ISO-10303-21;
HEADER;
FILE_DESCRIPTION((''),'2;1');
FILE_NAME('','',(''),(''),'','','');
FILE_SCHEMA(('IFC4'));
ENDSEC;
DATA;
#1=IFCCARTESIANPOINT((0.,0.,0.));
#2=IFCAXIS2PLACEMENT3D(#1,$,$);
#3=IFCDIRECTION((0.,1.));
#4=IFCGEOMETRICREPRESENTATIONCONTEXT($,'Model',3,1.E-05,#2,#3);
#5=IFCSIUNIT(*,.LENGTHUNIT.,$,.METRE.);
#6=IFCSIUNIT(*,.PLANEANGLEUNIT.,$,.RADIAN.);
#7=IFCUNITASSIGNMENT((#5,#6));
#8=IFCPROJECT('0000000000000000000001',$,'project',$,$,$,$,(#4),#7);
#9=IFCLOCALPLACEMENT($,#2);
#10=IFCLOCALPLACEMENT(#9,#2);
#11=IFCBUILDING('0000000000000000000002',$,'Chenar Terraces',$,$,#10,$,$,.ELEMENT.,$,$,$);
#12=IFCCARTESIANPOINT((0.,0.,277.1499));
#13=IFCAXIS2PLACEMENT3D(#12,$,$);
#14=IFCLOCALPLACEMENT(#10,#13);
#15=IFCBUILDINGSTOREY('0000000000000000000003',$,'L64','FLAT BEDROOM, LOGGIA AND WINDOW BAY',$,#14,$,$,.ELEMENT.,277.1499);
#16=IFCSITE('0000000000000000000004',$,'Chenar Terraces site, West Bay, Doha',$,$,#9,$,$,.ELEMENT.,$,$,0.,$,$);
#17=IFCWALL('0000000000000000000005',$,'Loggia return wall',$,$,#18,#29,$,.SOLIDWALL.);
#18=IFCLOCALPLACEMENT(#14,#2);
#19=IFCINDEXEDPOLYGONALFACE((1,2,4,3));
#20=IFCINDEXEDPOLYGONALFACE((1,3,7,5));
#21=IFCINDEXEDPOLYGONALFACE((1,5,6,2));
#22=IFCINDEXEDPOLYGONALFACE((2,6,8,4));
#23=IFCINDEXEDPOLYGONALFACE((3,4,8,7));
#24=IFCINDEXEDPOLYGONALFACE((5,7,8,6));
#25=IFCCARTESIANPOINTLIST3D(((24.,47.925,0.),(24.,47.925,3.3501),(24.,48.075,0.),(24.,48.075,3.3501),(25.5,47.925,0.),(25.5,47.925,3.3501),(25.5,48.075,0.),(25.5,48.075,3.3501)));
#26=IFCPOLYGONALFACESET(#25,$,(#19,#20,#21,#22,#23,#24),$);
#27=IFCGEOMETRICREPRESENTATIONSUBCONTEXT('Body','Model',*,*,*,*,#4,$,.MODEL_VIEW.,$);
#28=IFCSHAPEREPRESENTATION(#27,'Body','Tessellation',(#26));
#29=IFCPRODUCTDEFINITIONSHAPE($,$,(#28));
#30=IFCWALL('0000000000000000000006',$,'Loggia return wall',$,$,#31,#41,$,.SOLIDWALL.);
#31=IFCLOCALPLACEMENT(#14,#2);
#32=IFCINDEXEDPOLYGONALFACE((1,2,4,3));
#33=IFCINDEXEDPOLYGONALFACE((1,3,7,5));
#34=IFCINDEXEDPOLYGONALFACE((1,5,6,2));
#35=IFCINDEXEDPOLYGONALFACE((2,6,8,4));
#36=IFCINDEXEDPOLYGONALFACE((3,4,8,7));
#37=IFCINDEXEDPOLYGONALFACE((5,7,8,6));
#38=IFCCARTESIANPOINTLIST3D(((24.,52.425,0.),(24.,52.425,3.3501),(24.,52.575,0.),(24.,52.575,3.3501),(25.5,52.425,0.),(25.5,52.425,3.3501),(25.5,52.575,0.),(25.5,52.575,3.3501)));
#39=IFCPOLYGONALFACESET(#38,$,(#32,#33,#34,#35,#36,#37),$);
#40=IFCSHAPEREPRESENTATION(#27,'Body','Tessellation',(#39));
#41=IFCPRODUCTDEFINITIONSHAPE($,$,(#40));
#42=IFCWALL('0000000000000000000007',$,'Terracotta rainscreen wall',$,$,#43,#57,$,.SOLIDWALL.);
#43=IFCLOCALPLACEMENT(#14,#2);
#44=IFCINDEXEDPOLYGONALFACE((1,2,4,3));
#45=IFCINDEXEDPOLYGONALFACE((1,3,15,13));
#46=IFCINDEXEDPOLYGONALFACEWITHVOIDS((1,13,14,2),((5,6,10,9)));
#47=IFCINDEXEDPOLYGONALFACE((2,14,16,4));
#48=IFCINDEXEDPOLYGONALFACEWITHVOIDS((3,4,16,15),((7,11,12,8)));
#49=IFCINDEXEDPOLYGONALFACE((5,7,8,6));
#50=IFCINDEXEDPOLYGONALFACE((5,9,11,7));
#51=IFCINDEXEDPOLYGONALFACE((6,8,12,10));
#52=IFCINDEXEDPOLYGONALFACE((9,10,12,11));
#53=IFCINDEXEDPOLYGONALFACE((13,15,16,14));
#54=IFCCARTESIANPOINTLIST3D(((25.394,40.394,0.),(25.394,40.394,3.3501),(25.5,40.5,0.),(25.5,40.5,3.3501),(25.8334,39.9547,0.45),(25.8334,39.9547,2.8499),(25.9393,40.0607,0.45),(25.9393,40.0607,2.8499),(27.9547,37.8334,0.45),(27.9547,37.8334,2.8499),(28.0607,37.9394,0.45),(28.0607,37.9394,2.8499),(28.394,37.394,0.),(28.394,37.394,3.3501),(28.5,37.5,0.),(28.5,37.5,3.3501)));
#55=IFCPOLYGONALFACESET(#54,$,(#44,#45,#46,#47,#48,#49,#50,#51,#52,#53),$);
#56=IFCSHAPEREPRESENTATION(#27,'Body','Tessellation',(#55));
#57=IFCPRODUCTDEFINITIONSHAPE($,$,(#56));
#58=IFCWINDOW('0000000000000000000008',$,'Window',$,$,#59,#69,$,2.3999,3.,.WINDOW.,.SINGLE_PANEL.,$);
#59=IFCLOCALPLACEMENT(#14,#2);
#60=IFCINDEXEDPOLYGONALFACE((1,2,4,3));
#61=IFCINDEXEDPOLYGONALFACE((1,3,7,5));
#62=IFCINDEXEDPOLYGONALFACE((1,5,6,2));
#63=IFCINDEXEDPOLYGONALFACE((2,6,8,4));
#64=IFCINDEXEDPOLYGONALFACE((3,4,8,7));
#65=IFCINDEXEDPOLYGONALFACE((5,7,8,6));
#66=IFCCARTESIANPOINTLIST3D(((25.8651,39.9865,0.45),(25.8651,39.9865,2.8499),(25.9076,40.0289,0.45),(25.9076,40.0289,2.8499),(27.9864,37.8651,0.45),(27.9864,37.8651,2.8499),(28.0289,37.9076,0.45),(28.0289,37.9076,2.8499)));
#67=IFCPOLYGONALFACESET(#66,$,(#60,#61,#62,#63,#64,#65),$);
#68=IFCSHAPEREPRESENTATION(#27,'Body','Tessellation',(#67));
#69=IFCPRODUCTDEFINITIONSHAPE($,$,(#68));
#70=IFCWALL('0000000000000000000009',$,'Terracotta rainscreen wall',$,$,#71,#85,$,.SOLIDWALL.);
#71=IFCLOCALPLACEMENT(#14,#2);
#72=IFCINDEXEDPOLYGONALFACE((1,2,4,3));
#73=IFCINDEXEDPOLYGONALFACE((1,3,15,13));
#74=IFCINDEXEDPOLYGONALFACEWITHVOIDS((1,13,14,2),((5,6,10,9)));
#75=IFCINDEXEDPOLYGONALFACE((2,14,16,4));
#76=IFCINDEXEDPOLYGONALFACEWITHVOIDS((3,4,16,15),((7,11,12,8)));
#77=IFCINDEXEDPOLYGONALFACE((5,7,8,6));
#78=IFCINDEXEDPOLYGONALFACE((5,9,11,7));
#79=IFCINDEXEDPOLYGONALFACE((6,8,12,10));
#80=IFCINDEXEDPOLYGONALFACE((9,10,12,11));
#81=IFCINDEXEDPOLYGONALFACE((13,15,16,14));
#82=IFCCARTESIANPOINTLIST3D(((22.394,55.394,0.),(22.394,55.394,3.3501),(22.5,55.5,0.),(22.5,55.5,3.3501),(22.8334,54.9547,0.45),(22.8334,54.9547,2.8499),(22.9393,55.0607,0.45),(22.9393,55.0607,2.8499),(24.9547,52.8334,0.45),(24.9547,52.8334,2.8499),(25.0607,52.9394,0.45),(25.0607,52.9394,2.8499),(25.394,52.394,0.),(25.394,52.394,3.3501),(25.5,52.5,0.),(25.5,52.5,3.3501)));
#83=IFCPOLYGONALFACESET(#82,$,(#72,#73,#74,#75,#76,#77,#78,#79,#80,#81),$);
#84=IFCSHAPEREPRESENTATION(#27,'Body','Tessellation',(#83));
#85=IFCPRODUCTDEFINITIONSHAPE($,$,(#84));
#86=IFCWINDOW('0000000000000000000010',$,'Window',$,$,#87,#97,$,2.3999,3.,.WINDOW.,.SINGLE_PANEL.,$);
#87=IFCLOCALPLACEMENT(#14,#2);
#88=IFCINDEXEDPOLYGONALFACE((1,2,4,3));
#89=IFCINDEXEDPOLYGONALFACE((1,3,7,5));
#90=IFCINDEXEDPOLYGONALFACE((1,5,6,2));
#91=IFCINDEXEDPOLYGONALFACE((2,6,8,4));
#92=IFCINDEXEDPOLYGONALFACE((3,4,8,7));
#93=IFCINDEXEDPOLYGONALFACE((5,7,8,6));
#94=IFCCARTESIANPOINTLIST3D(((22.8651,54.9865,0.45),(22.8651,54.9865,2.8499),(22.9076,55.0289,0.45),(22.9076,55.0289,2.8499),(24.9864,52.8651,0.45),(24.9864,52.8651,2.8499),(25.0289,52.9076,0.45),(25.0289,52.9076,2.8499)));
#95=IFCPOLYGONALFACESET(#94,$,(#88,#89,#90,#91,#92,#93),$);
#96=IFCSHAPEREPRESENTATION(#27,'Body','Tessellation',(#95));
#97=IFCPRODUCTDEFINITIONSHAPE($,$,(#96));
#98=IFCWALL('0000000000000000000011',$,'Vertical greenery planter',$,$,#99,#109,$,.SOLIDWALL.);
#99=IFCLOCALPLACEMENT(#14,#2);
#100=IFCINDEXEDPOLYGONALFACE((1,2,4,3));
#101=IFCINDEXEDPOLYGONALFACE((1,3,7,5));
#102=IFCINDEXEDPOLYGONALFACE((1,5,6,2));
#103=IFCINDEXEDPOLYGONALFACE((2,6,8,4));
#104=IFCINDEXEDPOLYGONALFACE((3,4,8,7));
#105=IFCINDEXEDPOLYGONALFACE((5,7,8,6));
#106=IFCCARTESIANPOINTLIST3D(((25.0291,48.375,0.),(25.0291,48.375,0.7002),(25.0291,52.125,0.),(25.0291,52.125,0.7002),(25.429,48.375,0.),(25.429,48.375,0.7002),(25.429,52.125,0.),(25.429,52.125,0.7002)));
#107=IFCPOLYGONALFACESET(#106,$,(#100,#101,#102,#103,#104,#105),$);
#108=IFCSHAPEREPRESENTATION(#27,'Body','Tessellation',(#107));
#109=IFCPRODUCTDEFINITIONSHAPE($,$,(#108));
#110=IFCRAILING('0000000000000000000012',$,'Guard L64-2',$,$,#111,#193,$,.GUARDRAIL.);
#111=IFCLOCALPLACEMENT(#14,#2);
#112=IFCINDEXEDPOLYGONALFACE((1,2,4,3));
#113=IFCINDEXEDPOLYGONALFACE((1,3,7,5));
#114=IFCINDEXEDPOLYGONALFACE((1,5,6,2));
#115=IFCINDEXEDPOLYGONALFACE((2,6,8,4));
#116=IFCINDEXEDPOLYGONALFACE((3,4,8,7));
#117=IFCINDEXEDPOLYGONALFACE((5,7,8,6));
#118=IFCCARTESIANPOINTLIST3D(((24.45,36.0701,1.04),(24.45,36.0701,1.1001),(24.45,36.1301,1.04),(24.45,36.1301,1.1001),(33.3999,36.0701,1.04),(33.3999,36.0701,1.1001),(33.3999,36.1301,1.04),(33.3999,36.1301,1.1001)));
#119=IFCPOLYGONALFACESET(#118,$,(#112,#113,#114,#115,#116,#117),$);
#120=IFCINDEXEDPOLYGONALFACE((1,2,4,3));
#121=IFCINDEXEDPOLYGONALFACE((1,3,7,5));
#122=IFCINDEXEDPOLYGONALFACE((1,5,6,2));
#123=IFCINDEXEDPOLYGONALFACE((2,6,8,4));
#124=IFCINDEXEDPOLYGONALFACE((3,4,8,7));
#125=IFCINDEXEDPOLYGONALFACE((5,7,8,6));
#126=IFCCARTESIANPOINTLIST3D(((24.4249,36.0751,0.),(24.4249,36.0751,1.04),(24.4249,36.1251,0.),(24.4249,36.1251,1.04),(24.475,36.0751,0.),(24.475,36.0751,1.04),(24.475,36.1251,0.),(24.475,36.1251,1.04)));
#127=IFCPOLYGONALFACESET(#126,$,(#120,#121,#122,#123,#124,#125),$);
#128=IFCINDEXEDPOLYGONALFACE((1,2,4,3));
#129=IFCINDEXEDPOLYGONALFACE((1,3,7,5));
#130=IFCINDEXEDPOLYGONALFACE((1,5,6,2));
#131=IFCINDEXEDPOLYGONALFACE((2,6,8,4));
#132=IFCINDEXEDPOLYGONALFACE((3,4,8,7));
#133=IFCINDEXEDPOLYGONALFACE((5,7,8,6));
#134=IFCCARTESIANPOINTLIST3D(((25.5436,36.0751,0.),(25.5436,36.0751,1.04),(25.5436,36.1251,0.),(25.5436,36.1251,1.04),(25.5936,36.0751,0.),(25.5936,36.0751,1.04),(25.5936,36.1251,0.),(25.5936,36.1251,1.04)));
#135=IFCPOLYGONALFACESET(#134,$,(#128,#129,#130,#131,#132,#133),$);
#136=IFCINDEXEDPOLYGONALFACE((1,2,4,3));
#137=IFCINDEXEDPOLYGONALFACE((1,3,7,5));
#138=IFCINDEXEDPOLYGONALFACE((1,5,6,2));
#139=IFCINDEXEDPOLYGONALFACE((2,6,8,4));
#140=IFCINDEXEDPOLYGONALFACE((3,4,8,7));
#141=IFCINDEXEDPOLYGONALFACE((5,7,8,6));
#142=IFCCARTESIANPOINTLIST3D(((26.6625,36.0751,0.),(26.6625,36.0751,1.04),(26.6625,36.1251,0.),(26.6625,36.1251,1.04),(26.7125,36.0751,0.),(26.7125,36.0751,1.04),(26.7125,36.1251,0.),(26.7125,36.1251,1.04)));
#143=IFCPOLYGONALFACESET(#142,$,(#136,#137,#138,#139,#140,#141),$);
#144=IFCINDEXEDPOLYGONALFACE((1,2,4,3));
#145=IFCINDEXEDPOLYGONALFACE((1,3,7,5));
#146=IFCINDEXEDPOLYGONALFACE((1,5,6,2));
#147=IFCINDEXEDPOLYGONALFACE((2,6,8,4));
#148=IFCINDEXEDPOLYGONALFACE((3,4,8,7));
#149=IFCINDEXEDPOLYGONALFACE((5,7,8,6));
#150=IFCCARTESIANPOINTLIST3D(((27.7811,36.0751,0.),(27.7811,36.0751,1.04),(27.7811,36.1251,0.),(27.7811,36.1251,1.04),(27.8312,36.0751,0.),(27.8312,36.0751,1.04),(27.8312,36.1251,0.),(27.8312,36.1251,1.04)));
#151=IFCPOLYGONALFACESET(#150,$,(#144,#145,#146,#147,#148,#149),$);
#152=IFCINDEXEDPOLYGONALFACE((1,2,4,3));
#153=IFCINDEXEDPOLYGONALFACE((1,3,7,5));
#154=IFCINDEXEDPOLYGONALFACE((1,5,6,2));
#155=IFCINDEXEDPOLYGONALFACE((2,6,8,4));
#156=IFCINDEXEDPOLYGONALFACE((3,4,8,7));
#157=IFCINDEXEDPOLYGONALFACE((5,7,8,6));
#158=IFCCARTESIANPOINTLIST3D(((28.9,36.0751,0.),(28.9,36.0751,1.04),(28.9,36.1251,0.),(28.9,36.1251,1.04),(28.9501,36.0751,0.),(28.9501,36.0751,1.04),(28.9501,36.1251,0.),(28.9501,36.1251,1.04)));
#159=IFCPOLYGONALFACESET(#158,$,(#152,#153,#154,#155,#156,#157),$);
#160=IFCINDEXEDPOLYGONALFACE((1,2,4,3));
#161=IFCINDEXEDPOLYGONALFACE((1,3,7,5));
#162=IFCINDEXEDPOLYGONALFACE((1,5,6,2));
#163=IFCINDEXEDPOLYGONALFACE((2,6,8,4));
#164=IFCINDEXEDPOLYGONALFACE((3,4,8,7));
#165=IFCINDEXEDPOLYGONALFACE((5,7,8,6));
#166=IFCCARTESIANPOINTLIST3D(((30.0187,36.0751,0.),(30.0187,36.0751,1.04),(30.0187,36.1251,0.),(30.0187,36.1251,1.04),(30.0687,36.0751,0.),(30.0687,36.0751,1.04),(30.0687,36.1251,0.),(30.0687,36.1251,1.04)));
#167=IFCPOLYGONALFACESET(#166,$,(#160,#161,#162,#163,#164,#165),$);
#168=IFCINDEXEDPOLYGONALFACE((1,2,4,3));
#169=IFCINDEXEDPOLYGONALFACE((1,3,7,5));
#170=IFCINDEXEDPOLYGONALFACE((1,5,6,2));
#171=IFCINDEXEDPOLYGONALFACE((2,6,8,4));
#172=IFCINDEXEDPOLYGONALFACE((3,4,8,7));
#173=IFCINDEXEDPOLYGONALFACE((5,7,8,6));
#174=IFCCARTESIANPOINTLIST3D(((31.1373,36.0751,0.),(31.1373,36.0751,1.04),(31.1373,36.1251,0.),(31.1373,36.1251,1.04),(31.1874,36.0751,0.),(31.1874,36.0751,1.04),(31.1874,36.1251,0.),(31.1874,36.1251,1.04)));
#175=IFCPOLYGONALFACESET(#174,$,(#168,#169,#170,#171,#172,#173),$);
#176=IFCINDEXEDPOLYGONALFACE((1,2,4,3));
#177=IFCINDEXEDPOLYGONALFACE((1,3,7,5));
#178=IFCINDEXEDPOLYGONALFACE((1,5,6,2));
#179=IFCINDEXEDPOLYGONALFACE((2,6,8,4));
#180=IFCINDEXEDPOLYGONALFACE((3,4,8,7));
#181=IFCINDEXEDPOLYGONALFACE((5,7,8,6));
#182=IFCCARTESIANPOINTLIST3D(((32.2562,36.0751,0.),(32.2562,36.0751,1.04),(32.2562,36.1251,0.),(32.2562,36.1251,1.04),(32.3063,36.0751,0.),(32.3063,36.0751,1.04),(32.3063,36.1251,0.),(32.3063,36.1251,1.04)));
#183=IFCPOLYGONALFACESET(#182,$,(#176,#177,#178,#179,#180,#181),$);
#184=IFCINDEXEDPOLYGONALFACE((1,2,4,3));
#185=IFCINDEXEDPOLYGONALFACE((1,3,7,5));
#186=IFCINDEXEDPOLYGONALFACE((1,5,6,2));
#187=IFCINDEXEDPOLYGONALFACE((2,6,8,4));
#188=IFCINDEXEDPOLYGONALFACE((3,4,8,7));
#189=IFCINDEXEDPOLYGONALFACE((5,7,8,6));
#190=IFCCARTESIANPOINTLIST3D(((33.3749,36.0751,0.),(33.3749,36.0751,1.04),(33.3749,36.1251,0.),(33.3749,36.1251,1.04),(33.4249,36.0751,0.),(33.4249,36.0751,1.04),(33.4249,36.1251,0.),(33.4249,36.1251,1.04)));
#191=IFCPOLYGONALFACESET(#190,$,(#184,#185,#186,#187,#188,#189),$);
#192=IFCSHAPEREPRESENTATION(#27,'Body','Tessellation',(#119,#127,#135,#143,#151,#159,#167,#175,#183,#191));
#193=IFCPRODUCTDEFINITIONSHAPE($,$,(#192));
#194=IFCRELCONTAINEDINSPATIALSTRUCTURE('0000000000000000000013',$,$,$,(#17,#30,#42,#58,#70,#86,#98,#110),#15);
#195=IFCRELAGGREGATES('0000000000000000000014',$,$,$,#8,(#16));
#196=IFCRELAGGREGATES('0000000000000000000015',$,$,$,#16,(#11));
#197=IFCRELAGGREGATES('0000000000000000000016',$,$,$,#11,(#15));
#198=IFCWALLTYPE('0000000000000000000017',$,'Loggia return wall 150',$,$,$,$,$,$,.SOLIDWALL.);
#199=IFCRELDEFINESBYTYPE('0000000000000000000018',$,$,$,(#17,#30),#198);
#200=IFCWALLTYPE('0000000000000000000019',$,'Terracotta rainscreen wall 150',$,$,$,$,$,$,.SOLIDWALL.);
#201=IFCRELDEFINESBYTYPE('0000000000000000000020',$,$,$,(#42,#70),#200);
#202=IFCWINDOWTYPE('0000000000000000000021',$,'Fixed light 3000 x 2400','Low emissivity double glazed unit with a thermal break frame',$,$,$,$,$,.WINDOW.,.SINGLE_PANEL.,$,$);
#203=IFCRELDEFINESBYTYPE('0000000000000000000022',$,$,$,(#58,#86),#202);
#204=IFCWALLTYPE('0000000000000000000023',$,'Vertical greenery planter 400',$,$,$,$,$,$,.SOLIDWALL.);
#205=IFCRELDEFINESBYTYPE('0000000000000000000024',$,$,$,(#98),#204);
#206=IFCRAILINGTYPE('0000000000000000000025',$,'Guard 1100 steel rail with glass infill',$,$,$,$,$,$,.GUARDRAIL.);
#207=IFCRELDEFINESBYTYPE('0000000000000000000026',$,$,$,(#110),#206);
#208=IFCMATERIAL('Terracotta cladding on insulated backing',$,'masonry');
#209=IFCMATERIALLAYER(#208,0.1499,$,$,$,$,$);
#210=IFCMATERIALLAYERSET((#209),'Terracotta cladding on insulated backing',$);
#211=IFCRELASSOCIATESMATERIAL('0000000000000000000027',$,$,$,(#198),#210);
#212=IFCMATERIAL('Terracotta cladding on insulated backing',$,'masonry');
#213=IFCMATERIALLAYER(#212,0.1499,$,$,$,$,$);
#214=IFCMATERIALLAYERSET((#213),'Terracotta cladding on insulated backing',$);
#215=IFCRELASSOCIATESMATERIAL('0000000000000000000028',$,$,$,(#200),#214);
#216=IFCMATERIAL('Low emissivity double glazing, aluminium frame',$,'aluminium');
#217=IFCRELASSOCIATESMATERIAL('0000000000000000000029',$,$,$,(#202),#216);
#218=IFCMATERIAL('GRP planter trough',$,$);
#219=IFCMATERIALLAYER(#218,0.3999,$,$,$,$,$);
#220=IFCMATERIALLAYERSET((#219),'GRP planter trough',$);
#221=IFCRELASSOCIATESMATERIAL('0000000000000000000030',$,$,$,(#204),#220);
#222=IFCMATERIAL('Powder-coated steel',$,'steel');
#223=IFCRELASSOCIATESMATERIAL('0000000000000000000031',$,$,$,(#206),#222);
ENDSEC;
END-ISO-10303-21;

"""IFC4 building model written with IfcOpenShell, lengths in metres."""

from ifc_helpers import new_model, si_unit, direction, frame, frame_2d, origin, origin_2d, place, context, subcontext, project, spatial, rectangle, extrude, material, layer, layer_set, type_object, element, fill, save


model = new_model("IFC4")

# Units and contexts
model_context = context("Model", 3, precision=1e-05, world=origin(), true_north=direction((0.0, 1.0)))
body_context = subcontext(model_context, "Body", "Model", "MODEL_VIEW")
ifc_project = project(units=[si_unit("LENGTHUNIT", "METRE"), si_unit("PLANEANGLEUNIT", "RADIAN")], contexts=[model_context])

# Site, building, storey
site_placement = place(None, origin())
site = spatial("IfcSite", under=ifc_project, at=site_placement, Name="Chenar Terraces site, West Bay, Doha", CompositionType="ELEMENT", RefElevation=0.0)
building_placement = place(site_placement, origin())
building = spatial("IfcBuilding", under=site, at=building_placement, Name="Chenar Terraces", CompositionType="ELEMENT")
storey_placement = place(building_placement, frame((0.0, 0.0, 277.1499)))
storey = spatial("IfcBuildingStorey", under=building, at=storey_placement, Name="L64", Description="FLAT BEDROOM, LOGGIA AND WINDOW BAY", CompositionType="ELEMENT", Elevation=277.1499)

# Walls
ifc_material_1 = material(Name="Terracotta cladding on insulated backing", Category="masonry")
ifc_layer_1 = layer(ifc_material_1, 0.1499)
ifc_layer_set_1 = layer_set([ifc_layer_1], Name="Terracotta cladding on insulated backing")
wall_type_1 = type_object("IfcWallType", Name="Loggia return wall 150", PredefinedType="SOLIDWALL", material=ifc_layer_set_1)
for number, where, z_axis, x_axis, name in (
    (1, (25.5, 48.0, 0.0), (0.0, 0.0, 1.0), (-1.0, 0.0, 0.0), "Loggia return wall"),
    (2, (25.5, 52.5, 0.0), (0.0, 0.0, 1.0), (-1.0, 0.0, 0.0), "Loggia return wall"),
):
    element("IfcWall", number, at=place(storey_placement, frame(where, z_axis=z_axis, x_axis=x_axis)), inside=storey, type_object=wall_type_1, Name=name, PredefinedType="SOLIDWALL", context=body_context, shape_type="SweptSolid", body=[
        extrude(rectangle(XDim=1.5, YDim=0.1499, at=frame_2d((0.75, 0.0))), origin(), (0.0, 0.0, 1.0), 3.3501),
    ])

# Walls, openings, windows
ifc_material_2 = material(Name="Terracotta cladding on insulated backing", Category="masonry")
ifc_layer_2 = layer(ifc_material_2, 0.1499)
ifc_layer_set_2 = layer_set([ifc_layer_2], Name="Terracotta cladding on insulated backing")
wall_type_2 = type_object("IfcWallType", Name="Terracotta rainscreen wall 150", PredefinedType="SOLIDWALL", material=ifc_layer_set_2)
wall_1_placement = place(storey_placement, frame((28.447, 37.447, 0.0), z_axis=(0.0, 0.0, 1.0), x_axis=(-0.707107, 0.707107, 0.0)))
wall_1 = element("IfcWall", 3, at=wall_1_placement, inside=storey, type_object=wall_type_2, Name="Terracotta rainscreen wall", PredefinedType="SOLIDWALL", context=body_context, shape_type="SweptSolid", body=[
    extrude(rectangle(XDim=4.2427, YDim=0.1499, at=frame_2d((2.1213, 0.0))), origin(), (0.0, 0.0, 1.0), 3.3501),
])
opening_1_placement = place(wall_1_placement, frame((0.6213, 0.0, 0.45)))
opening_1 = element("IfcOpeningElement", 4, at=opening_1_placement, cuts=wall_1, PredefinedType="OPENING", context=body_context, shape_type="SweptSolid", body=[
    extrude(rectangle(XDim=3.0, YDim=2.3999, at=frame_2d((1.5, 1.2))), frame((0.0, 0.085, 0.0), z_axis=(0.0, -1.0, 0.0), x_axis=(1.0, 0.0, 0.0)), (0.0, 0.0, 1.0), 0.1699),
])
ifc_material_3 = material(Name="Low emissivity double glazing, aluminium frame", Category="aluminium")
window_type_1 = type_object("IfcWindowType", Name="Fixed light 3000 x 2400", Description="Low emissivity double glazed unit with a thermal break frame", PartitioningType="SINGLE_PANEL", PredefinedType="WINDOW", material=ifc_material_3)
window_1_placement = place(opening_1_placement, origin())
window_1 = element("IfcWindow", 5, at=window_1_placement, inside=storey, type_object=window_type_1, Name="Window", OverallHeight=2.3999, OverallWidth=3.0, PartitioningType="SINGLE_PANEL", PredefinedType="WINDOW", context=body_context, shape_type="SweptSolid", body=[
    extrude(rectangle(XDim=3.0, YDim=2.3999, at=frame_2d((1.5, 1.2))), frame((0.0, 0.03, 0.0), z_axis=(0.0, -1.0, 0.0), x_axis=(1.0, 0.0, 0.0)), (0.0, 0.0, 1.0), 0.0601),
])
fill(opening_1, window_1)
wall_2_placement = place(storey_placement, frame((25.447, 52.447, 0.0), z_axis=(0.0, 0.0, 1.0), x_axis=(-0.707107, 0.707107, 0.0)))
wall_2 = element("IfcWall", 6, at=wall_2_placement, inside=storey, type_object=wall_type_2, Name="Terracotta rainscreen wall", PredefinedType="SOLIDWALL", context=body_context, shape_type="SweptSolid", body=[
    extrude(rectangle(XDim=4.2427, YDim=0.1499, at=frame_2d((2.1213, 0.0))), origin(), (0.0, 0.0, 1.0), 3.3501),
])
opening_2_placement = place(wall_2_placement, frame((0.6213, 0.0, 0.45)))
opening_2 = element("IfcOpeningElement", 7, at=opening_2_placement, cuts=wall_2, PredefinedType="OPENING", context=body_context, shape_type="SweptSolid", body=[
    extrude(rectangle(XDim=3.0, YDim=2.3999, at=frame_2d((1.5, 1.2))), frame((0.0, 0.085, 0.0), z_axis=(0.0, -1.0, 0.0), x_axis=(1.0, 0.0, 0.0)), (0.0, 0.0, 1.0), 0.1699),
])
window_2_placement = place(opening_2_placement, origin())
window_2 = element("IfcWindow", 8, at=window_2_placement, inside=storey, type_object=window_type_1, Name="Window", OverallHeight=2.3999, OverallWidth=3.0, PartitioningType="SINGLE_PANEL", PredefinedType="WINDOW", context=body_context, shape_type="SweptSolid", body=[
    extrude(rectangle(XDim=3.0, YDim=2.3999, at=frame_2d((1.5, 1.2))), frame((0.0, 0.03, 0.0), z_axis=(0.0, -1.0, 0.0), x_axis=(1.0, 0.0, 0.0)), (0.0, 0.0, 1.0), 0.0601),
])
fill(opening_2, window_2)

# Wall
ifc_material_4 = material(Name="GRP planter trough")
ifc_layer_3 = layer(ifc_material_4, 0.3999)
ifc_layer_set_3 = layer_set([ifc_layer_3], Name="GRP planter trough")
wall_type_3 = type_object("IfcWallType", Name="Vertical greenery planter 400", PredefinedType="SOLIDWALL", material=ifc_layer_set_3)
wall_3_placement = place(storey_placement, frame((25.229, 48.375, 0.0), z_axis=(0.0, 0.0, 1.0), x_axis=(0.0, 1.0, 0.0)))
element("IfcWall", 9, at=wall_3_placement, inside=storey, type_object=wall_type_3, Name="Vertical greenery planter", PredefinedType="SOLIDWALL", context=body_context, shape_type="SweptSolid", body=[
    extrude(rectangle(XDim=3.75, YDim=0.3999, at=frame_2d((1.875, 0.0))), origin(), (0.0, 0.0, 1.0), 0.7002),
])

# Railing
ifc_material_5 = material(Name="Powder-coated steel", Category="steel")
railing_type_1 = type_object("IfcRailingType", Name="Guard 1100 steel rail with glass infill", PredefinedType="GUARDRAIL", material=ifc_material_5)
railing_1_placement = place(storey_placement, frame((24.45, 36.1001, 0.0)))
element("IfcRailing", 10, at=railing_1_placement, inside=storey, type_object=railing_type_1, Name="Guard L64-2", PredefinedType="GUARDRAIL", context=body_context, shape_type="SweptSolid", body=[
    extrude(rectangle(XDim=0.0601, YDim=0.0601, at=origin_2d()), frame((0.0, 0.0, 1.0701), z_axis=(1.0, 0.0, 0.0), x_axis=(0.0, 1.0, 0.0)), (0.0, 0.0, 1.0), 8.95),
    extrude(rectangle(XDim=0.05, YDim=0.05, at=origin_2d()), origin(), (0.0, 0.0, 1.0), 1.04),
    extrude(rectangle(XDim=0.05, YDim=0.05, at=origin_2d()), frame((1.1187, 0.0, 0.0)), (0.0, 0.0, 1.0), 1.04),
    extrude(rectangle(XDim=0.05, YDim=0.05, at=origin_2d()), frame((2.2375, 0.0, 0.0)), (0.0, 0.0, 1.0), 1.04),
    extrude(rectangle(XDim=0.05, YDim=0.05, at=origin_2d()), frame((3.3562, 0.0, 0.0)), (0.0, 0.0, 1.0), 1.04),
    extrude(rectangle(XDim=0.05, YDim=0.05, at=origin_2d()), frame((4.4751, 0.0, 0.0)), (0.0, 0.0, 1.0), 1.04),
    extrude(rectangle(XDim=0.05, YDim=0.05, at=origin_2d()), frame((5.5938, 0.0, 0.0)), (0.0, 0.0, 1.0), 1.04),
    extrude(rectangle(XDim=0.05, YDim=0.05, at=origin_2d()), frame((6.7124, 0.0, 0.0)), (0.0, 0.0, 1.0), 1.04),
    extrude(rectangle(XDim=0.05, YDim=0.05, at=origin_2d()), frame((7.8313, 0.0, 0.0)), (0.0, 0.0, 1.0), 1.04),
    extrude(rectangle(XDim=0.05, YDim=0.05, at=origin_2d()), frame((8.95, 0.0, 0.0)), (0.0, 0.0, 1.0), 1.04),
])

save(model, "model.ifc")
